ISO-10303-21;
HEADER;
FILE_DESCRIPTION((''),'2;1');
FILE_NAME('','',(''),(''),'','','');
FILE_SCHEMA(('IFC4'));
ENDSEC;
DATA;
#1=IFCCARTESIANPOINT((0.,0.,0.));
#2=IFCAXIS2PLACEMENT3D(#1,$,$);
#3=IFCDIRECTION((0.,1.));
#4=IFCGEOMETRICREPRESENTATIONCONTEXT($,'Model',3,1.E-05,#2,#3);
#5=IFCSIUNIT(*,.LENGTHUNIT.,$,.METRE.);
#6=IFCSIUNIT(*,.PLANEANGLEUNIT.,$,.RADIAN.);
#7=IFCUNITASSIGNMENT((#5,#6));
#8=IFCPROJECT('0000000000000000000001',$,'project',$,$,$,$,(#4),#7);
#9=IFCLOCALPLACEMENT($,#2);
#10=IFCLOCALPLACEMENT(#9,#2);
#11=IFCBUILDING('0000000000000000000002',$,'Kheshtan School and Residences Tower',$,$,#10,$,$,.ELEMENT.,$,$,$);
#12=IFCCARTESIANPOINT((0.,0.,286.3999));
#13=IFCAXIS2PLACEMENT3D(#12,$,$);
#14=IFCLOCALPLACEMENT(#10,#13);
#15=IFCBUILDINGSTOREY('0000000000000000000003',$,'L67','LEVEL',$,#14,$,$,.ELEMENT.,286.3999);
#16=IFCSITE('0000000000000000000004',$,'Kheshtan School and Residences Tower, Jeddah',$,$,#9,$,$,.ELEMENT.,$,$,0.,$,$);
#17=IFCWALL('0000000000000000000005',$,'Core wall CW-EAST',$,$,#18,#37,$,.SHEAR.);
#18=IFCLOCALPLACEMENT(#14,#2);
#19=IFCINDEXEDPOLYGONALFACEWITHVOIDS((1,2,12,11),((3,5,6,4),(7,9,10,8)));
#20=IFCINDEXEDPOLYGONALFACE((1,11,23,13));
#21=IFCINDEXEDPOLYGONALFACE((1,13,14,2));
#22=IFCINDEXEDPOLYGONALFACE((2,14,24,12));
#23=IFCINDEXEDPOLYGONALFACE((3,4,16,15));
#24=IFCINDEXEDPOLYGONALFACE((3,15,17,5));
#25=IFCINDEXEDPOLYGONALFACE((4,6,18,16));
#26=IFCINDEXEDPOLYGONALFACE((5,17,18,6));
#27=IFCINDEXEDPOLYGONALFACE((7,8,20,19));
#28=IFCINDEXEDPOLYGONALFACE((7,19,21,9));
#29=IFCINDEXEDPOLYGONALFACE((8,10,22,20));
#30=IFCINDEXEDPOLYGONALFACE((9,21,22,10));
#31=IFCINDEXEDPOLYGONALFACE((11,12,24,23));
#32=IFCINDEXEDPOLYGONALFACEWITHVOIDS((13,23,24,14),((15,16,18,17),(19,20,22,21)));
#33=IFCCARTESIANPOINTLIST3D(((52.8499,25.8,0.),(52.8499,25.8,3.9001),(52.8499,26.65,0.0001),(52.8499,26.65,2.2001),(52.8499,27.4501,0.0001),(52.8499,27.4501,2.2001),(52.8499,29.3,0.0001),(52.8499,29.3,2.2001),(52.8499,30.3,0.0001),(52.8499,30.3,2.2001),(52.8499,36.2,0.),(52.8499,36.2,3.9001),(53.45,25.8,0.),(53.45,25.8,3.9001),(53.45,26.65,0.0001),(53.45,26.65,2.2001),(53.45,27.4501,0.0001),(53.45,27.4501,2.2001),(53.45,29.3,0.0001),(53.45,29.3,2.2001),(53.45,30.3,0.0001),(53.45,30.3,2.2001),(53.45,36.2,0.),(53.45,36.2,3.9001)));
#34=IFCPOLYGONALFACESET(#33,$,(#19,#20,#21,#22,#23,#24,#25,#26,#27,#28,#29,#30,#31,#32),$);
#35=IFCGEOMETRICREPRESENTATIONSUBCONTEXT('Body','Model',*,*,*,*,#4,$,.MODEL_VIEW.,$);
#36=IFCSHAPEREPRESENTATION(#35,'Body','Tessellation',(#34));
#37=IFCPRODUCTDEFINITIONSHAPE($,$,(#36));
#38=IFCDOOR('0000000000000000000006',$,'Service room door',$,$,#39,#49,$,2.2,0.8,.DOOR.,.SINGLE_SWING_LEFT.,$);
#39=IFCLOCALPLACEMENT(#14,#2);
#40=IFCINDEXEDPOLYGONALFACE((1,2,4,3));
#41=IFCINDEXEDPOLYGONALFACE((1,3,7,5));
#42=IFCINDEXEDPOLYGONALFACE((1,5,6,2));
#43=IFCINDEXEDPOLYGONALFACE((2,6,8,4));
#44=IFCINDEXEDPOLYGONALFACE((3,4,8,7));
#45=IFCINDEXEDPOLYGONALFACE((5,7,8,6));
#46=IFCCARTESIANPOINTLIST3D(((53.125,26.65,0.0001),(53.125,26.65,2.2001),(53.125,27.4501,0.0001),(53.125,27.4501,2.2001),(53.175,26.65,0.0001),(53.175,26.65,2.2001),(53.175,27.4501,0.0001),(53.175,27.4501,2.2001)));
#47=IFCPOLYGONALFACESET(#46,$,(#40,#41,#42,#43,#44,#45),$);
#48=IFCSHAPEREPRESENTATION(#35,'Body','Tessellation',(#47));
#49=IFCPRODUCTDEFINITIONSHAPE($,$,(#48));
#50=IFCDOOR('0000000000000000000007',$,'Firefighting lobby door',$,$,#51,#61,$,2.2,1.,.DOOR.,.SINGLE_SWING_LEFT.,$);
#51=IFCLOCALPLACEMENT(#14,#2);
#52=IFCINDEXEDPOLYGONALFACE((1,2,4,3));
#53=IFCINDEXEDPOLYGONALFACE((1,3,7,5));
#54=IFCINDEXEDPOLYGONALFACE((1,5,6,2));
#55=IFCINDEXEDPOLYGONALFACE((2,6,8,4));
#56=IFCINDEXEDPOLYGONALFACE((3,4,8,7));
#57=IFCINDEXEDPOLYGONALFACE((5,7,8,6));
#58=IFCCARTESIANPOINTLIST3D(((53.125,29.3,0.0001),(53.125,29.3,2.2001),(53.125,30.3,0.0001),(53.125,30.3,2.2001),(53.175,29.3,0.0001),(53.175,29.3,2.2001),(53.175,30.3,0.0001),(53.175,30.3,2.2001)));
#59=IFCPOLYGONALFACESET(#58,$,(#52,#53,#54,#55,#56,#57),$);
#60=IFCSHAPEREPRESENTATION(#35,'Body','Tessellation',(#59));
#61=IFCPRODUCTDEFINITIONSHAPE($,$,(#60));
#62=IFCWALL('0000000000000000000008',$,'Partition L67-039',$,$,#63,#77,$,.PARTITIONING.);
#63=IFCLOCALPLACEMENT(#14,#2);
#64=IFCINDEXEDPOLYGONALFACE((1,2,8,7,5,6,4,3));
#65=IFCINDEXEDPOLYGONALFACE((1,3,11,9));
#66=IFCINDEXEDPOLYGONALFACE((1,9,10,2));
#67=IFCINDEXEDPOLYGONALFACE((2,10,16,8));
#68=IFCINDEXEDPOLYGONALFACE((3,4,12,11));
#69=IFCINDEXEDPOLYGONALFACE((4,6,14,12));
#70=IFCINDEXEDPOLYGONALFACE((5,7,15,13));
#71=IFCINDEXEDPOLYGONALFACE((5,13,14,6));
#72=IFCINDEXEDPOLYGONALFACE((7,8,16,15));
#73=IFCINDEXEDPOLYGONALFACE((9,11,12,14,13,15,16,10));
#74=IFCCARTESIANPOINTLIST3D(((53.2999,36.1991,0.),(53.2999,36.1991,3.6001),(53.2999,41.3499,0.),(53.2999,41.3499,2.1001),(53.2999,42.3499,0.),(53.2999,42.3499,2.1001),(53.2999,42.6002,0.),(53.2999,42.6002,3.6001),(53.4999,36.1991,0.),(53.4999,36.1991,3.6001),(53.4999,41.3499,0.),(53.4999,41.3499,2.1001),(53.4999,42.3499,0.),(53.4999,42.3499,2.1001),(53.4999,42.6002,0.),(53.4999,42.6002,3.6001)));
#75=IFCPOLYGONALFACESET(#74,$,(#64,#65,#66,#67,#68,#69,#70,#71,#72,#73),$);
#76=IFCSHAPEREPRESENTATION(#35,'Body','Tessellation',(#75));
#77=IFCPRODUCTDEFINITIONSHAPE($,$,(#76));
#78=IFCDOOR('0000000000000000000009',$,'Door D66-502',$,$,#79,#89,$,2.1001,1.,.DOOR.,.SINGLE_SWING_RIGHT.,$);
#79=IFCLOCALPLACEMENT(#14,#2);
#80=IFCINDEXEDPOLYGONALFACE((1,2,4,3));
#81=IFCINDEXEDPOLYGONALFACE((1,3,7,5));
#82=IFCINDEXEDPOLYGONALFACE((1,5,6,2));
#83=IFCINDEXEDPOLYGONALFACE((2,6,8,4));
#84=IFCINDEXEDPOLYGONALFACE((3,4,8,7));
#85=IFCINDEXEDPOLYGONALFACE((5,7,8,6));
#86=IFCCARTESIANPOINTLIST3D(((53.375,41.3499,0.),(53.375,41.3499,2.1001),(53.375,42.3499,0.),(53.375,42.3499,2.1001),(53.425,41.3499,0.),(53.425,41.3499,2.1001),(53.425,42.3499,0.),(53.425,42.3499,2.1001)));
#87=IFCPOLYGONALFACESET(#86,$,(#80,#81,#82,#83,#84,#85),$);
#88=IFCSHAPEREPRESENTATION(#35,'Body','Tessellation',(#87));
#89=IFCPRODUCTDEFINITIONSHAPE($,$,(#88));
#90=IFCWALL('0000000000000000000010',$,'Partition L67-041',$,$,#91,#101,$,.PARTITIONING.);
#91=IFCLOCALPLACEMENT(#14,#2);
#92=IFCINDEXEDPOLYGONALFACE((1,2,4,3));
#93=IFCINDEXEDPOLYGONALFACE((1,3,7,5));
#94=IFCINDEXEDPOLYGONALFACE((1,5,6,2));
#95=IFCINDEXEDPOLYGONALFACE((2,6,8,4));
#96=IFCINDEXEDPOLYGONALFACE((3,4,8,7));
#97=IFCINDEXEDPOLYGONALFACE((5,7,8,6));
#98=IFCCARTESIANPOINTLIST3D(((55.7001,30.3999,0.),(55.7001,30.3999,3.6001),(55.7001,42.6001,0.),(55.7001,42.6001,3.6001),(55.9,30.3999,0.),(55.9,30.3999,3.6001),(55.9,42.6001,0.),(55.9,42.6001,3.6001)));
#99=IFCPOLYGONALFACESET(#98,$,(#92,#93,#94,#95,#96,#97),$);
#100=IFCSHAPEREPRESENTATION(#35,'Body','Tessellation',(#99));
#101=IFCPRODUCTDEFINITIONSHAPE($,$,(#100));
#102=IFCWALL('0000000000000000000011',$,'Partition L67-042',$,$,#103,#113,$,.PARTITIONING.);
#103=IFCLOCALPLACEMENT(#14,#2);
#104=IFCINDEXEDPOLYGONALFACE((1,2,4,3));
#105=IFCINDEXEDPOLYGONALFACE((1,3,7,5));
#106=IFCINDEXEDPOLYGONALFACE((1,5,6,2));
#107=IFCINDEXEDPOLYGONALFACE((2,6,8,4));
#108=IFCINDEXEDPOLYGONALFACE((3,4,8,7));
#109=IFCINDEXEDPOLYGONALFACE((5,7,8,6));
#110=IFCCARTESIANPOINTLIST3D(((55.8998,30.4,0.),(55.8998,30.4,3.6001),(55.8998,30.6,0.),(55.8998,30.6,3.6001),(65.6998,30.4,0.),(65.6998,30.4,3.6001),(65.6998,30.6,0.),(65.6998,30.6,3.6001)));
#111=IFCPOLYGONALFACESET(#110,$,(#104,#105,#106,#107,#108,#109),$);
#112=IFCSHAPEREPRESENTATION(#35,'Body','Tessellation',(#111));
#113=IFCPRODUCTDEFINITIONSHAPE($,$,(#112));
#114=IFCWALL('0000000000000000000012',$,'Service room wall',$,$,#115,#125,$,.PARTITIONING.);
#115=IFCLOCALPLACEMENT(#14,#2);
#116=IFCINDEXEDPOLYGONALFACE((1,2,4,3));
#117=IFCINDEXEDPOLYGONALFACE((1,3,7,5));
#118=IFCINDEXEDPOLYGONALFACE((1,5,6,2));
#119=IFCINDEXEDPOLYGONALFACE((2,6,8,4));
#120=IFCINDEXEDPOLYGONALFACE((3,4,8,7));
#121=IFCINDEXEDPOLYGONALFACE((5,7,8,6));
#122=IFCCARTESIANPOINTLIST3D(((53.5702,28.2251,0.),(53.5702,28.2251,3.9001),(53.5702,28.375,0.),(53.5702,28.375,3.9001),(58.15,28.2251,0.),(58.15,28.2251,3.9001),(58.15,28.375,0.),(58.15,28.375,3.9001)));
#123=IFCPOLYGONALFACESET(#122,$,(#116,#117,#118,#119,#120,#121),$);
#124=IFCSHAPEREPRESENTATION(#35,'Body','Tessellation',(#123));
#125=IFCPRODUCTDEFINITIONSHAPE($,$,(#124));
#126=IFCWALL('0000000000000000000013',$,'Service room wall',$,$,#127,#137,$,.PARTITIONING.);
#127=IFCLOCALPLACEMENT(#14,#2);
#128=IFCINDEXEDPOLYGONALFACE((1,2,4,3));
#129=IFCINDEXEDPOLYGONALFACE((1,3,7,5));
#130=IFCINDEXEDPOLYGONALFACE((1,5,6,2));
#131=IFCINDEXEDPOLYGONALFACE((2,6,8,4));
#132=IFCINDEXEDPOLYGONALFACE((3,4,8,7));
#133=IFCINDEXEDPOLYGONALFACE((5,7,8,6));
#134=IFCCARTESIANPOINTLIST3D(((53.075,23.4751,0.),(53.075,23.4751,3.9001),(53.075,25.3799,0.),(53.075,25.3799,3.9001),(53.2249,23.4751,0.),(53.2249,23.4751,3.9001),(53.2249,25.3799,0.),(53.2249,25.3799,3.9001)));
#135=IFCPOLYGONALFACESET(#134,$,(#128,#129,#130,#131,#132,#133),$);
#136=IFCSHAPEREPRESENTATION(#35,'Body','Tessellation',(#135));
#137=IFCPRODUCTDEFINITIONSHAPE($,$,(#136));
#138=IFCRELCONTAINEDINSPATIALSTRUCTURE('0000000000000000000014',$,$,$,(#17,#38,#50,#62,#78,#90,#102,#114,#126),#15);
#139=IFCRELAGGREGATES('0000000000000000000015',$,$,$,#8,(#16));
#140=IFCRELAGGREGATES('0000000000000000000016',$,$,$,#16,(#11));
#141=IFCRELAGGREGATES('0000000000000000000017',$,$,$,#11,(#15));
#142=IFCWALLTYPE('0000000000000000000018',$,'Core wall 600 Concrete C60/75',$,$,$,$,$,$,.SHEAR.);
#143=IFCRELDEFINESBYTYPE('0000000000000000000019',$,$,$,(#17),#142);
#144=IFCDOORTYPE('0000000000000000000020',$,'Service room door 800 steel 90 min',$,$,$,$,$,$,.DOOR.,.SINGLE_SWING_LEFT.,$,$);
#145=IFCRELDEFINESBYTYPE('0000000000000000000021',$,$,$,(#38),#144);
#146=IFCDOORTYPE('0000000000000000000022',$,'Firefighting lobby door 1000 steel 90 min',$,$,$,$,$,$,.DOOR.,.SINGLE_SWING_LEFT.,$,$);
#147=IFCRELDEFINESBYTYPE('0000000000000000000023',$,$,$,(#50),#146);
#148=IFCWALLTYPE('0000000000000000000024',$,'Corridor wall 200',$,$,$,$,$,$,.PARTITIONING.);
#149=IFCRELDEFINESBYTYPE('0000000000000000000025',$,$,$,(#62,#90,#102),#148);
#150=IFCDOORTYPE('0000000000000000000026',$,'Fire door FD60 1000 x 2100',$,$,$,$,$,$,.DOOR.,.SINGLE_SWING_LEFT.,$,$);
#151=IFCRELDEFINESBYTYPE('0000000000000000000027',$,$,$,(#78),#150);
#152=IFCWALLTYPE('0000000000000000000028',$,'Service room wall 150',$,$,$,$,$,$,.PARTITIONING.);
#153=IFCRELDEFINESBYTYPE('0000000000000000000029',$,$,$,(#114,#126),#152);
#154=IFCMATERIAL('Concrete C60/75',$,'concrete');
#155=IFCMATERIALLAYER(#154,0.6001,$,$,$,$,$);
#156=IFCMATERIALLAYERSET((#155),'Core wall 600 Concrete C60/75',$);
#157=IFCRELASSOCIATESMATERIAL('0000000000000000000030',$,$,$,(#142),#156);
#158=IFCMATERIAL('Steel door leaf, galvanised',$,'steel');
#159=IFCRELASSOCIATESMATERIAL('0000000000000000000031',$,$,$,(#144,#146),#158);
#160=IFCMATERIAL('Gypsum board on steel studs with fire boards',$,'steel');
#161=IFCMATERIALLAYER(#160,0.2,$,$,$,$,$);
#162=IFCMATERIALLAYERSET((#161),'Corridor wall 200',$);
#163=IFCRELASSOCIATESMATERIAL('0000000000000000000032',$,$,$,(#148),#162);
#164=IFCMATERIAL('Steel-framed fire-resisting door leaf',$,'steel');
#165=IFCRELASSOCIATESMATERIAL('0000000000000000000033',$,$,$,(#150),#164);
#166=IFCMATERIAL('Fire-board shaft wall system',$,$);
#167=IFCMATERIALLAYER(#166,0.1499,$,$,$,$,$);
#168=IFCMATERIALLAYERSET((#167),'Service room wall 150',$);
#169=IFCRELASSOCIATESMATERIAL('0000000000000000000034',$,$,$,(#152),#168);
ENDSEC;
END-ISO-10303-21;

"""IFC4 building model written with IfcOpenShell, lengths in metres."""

from ifc_helpers import new_model, si_unit, direction, frame, frame_2d, origin, place, context, subcontext, project, spatial, rectangle, extrude, source, transform, mapped, material, layer, layer_set, type_object, element, fill, save


model = new_model("IFC4")

# Units and contexts
model_context = context("Model", 3, precision=1e-05, world=origin(), true_north=direction((0.0, 1.0)))
body_context = subcontext(model_context, "Body", "Model", "MODEL_VIEW")
ifc_project = project(units=[si_unit("LENGTHUNIT", "METRE"), si_unit("PLANEANGLEUNIT", "RADIAN")], contexts=[model_context])

# Site, building, storey
site_placement = place(None, origin())
site = spatial("IfcSite", under=ifc_project, at=site_placement, Name="Kheshtan School and Residences Tower, Jeddah", CompositionType="ELEMENT", RefElevation=0.0)
building_placement = place(site_placement, origin())
building = spatial("IfcBuilding", under=site, at=building_placement, Name="Kheshtan School and Residences Tower", CompositionType="ELEMENT")
storey_placement = place(building_placement, frame((0.0, 0.0, 286.3999)))
storey = spatial("IfcBuildingStorey", under=building, at=storey_placement, Name="L67", Description="LEVEL", CompositionType="ELEMENT", Elevation=286.3999)

# Wall, openings, doors
ifc_material_1 = material(Name="Concrete C60/75", Category="concrete")
ifc_layer_1 = layer(ifc_material_1, 0.6001)
ifc_layer_set_1 = layer_set([ifc_layer_1], Name="Core wall 600 Concrete C60/75")
wall_type_1 = type_object("IfcWallType", Name="Core wall 600 Concrete C60/75", PredefinedType="SHEAR", material=ifc_layer_set_1)
wall_1_placement = place(storey_placement, frame((53.1499, 25.8, 0.0), z_axis=(0.0, 0.0, 1.0), x_axis=(0.0, 1.0, 0.0)))
wall_1 = element("IfcWall", 1, at=wall_1_placement, inside=storey, type_object=wall_type_1, Name="Core wall CW-EAST", PredefinedType="SHEAR", context=body_context, shape_type="SweptSolid", body=[
    extrude(rectangle(XDim=10.3999, YDim=0.6001, at=frame_2d((5.2, 0.0))), origin(), (0.0, 0.0, 1.0), 3.9001),
])
opening_1_placement = place(wall_1_placement, frame((0.8501, 0.0, 0.0)))
opening_1 = element("IfcOpeningElement", 2, at=opening_1_placement, cuts=wall_1, PredefinedType="OPENING", context=body_context, shape_type="SweptSolid", body=[
    extrude(rectangle(XDim=0.8, YDim=2.2, at=frame_2d((0.3999, 1.1001))), frame((0.0, 0.3101, 0.0), z_axis=(0.0, -1.0, 0.0), x_axis=(1.0, 0.0, 0.0)), (0.0, 0.0, 1.0), 0.6201),
])
opening_2_placement = place(wall_1_placement, frame((3.5, 0.0, 0.0)))
opening_2 = element("IfcOpeningElement", 3, at=opening_2_placement, cuts=wall_1, PredefinedType="OPENING", context=body_context, shape_type="SweptSolid", body=[
    extrude(rectangle(XDim=1.0, YDim=2.2, at=frame_2d((0.5, 1.1001))), frame((0.0, 0.3101, 0.0), z_axis=(0.0, -1.0, 0.0), x_axis=(1.0, 0.0, 0.0)), (0.0, 0.0, 1.0), 0.6201),
])
ifc_material_2 = material(Name="Steel door leaf, galvanised", Category="steel")
door_type_1 = type_object("IfcDoorType", Name="Service room door 800 steel 90 min", OperationType="SINGLE_SWING_LEFT", PredefinedType="DOOR", material=ifc_material_2)
shared_shape_1 = source(origin(), body_context, "Body", "SweptSolid", [
    extrude(rectangle(XDim=0.8, YDim=2.2, at=frame_2d((0.3999, 1.1001))), frame((0.0, 0.0249, 0.0), z_axis=(0.0, -1.0, 0.0), x_axis=(1.0, 0.0, 0.0)), (0.0, 0.0, 1.0), 0.05),
])
door_1_placement = place(opening_1_placement, origin())
door_1 = element("IfcDoor", 4, at=door_1_placement, inside=storey, type_object=door_type_1, Name="Service room door", OperationType="SINGLE_SWING_LEFT", OverallHeight=2.2, OverallWidth=0.8, PredefinedType="DOOR", context=body_context, shape_type="MappedRepresentation", body=[
    mapped(shared_shape_1, transform((0.0, 0.0, 0.0), x_axis=(1.0, 0.0, 0.0), y_axis=(0.0, 1.0, 0.0), z_axis=(0.0, 0.0, 1.0), scale=1.0)),
])
fill(opening_1, door_1)
door_type_2 = type_object("IfcDoorType", Name="Firefighting lobby door 1000 steel 90 min", OperationType="SINGLE_SWING_LEFT", PredefinedType="DOOR", material=ifc_material_2)
shared_shape_2 = source(origin(), body_context, "Body", "SweptSolid", [
    extrude(rectangle(XDim=1.0, YDim=2.2, at=frame_2d((0.5, 1.1001))), frame((0.0, 0.0249, 0.0), z_axis=(0.0, -1.0, 0.0), x_axis=(1.0, 0.0, 0.0)), (0.0, 0.0, 1.0), 0.05),
])
door_2_placement = place(opening_2_placement, origin())
door_2 = element("IfcDoor", 5, at=door_2_placement, inside=storey, type_object=door_type_2, Name="Firefighting lobby door", OperationType="SINGLE_SWING_LEFT", OverallHeight=2.2, OverallWidth=1.0, PredefinedType="DOOR", context=body_context, shape_type="MappedRepresentation", body=[
    mapped(shared_shape_2, transform((0.0, 0.0, 0.0), x_axis=(1.0, 0.0, 0.0), y_axis=(0.0, 1.0, 0.0), z_axis=(0.0, 0.0, 1.0), scale=1.0)),
])
fill(opening_2, door_2)

# Wall, opening, door
ifc_material_3 = material(Name="Gypsum board on steel studs with fire boards", Category="steel")
ifc_layer_2 = layer(ifc_material_3, 0.2)
ifc_layer_set_2 = layer_set([ifc_layer_2], Name="Corridor wall 200")
wall_type_2 = type_object("IfcWallType", Name="Corridor wall 200", PredefinedType="PARTITIONING", material=ifc_layer_set_2)
wall_2_placement = place(storey_placement, frame((53.3999, 36.199, 0.0), z_axis=(0.0, 0.0, 1.0), x_axis=(0.0, 1.0, 0.0)))
wall_2 = element("IfcWall", 6, at=wall_2_placement, inside=storey, type_object=wall_type_2, Name="Partition L67-039", PredefinedType="PARTITIONING", context=body_context, shape_type="SweptSolid", body=[
    extrude(rectangle(XDim=6.4011, YDim=0.2, at=frame_2d((3.2007, 0.0))), origin(), (0.0, 0.0, 1.0), 3.6001),
])
opening_3_placement = place(wall_2_placement, frame((5.1509, 0.0, 0.0)))
opening_3 = element("IfcOpeningElement", 7, at=opening_3_placement, cuts=wall_2, PredefinedType="OPENING", context=body_context, shape_type="SweptSolid", body=[
    extrude(rectangle(XDim=1.0, YDim=2.1001, at=frame_2d((0.5, 1.05))), frame((0.0, 0.1099, 0.0), z_axis=(0.0, -1.0, 0.0), x_axis=(1.0, 0.0, 0.0)), (0.0, 0.0, 1.0), 0.22),
])
ifc_material_4 = material(Name="Steel-framed fire-resisting door leaf", Category="steel")
door_type_3 = type_object("IfcDoorType", Name="Fire door FD60 1000 x 2100", OperationType="SINGLE_SWING_LEFT", PredefinedType="DOOR", material=ifc_material_4)
shared_shape_3 = source(origin(), body_context, "Body", "SweptSolid", [
    extrude(rectangle(XDim=1.0, YDim=2.1001, at=frame_2d((0.5, 1.05))), frame((0.0, 0.0249, 0.0), z_axis=(0.0, -1.0, 0.0), x_axis=(1.0, 0.0, 0.0)), (0.0, 0.0, 1.0), 0.05),
])
door_3_placement = place(opening_3_placement, origin())
door_3 = element("IfcDoor", 8, at=door_3_placement, inside=storey, type_object=door_type_3, Name="Door D66-502", OperationType="SINGLE_SWING_RIGHT", OverallHeight=2.1001, OverallWidth=1.0, PredefinedType="DOOR", context=body_context, shape_type="MappedRepresentation", body=[
    mapped(shared_shape_3, transform((0.0, 0.0, 0.0), x_axis=(1.0, 0.0, 0.0), y_axis=(0.0, 1.0, 0.0), z_axis=(0.0, 0.0, 1.0), scale=1.0)),
])
fill(opening_3, door_3)

# Walls
wall_3_placement = place(storey_placement, frame((55.8, 30.3999, 0.0), z_axis=(0.0, 0.0, 1.0), x_axis=(0.0, 1.0, 0.0)))
element("IfcWall", 9, at=wall_3_placement, inside=storey, type_object=wall_type_2, Name="Partition L67-041", PredefinedType="PARTITIONING", context=body_context, shape_type="SweptSolid", body=[
    extrude(rectangle(XDim=12.2002, YDim=0.2, at=frame_2d((6.1001, 0.0))), origin(), (0.0, 0.0, 1.0), 3.6001),
])
wall_4_placement = place(storey_placement, frame((55.8999, 30.5, 0.0), z_axis=(0.0, 0.0, 1.0), x_axis=(1.0, 0.0, 0.0)))
element("IfcWall", 10, at=wall_4_placement, inside=storey, type_object=wall_type_2, Name="Partition L67-042", PredefinedType="PARTITIONING", context=body_context, shape_type="SweptSolid", body=[
    extrude(rectangle(XDim=9.8, YDim=0.2, at=frame_2d((4.8999, 0.0))), origin(), (0.0, 0.0, 1.0), 3.6001),
])
ifc_material_5 = material(Name="Fire-board shaft wall system")
ifc_layer_3 = layer(ifc_material_5, 0.1499)
ifc_layer_set_3 = layer_set([ifc_layer_3], Name="Service room wall 150")
wall_type_3 = type_object("IfcWallType", Name="Service room wall 150", PredefinedType="PARTITIONING", material=ifc_layer_set_3)
wall_5_placement = place(storey_placement, frame((53.5701, 28.3, 0.0), z_axis=(0.0, 0.0, 1.0), x_axis=(1.0, 0.0, 0.0)))
element("IfcWall", 11, at=wall_5_placement, inside=storey, type_object=wall_type_3, Name="Service room wall", PredefinedType="PARTITIONING", context=body_context, shape_type="SweptSolid", body=[
    extrude(rectangle(XDim=4.5798, YDim=0.1499, at=frame_2d((2.29, 0.0))), origin(), (0.0, 0.0, 1.0), 3.9001),
])
wall_6_placement = place(storey_placement, frame((53.1499, 23.4751, 0.0), z_axis=(0.0, 0.0, 1.0), x_axis=(0.0, 1.0, 0.0)))
element("IfcWall", 12, at=wall_6_placement, inside=storey, type_object=wall_type_3, Name="Service room wall", PredefinedType="PARTITIONING", context=body_context, shape_type="SweptSolid", body=[
    extrude(rectangle(XDim=1.9048, YDim=0.1499, at=frame_2d((0.9524, 0.0))), origin(), (0.0, 0.0, 1.0), 3.9001),
])

save(model, "model.ifc")
